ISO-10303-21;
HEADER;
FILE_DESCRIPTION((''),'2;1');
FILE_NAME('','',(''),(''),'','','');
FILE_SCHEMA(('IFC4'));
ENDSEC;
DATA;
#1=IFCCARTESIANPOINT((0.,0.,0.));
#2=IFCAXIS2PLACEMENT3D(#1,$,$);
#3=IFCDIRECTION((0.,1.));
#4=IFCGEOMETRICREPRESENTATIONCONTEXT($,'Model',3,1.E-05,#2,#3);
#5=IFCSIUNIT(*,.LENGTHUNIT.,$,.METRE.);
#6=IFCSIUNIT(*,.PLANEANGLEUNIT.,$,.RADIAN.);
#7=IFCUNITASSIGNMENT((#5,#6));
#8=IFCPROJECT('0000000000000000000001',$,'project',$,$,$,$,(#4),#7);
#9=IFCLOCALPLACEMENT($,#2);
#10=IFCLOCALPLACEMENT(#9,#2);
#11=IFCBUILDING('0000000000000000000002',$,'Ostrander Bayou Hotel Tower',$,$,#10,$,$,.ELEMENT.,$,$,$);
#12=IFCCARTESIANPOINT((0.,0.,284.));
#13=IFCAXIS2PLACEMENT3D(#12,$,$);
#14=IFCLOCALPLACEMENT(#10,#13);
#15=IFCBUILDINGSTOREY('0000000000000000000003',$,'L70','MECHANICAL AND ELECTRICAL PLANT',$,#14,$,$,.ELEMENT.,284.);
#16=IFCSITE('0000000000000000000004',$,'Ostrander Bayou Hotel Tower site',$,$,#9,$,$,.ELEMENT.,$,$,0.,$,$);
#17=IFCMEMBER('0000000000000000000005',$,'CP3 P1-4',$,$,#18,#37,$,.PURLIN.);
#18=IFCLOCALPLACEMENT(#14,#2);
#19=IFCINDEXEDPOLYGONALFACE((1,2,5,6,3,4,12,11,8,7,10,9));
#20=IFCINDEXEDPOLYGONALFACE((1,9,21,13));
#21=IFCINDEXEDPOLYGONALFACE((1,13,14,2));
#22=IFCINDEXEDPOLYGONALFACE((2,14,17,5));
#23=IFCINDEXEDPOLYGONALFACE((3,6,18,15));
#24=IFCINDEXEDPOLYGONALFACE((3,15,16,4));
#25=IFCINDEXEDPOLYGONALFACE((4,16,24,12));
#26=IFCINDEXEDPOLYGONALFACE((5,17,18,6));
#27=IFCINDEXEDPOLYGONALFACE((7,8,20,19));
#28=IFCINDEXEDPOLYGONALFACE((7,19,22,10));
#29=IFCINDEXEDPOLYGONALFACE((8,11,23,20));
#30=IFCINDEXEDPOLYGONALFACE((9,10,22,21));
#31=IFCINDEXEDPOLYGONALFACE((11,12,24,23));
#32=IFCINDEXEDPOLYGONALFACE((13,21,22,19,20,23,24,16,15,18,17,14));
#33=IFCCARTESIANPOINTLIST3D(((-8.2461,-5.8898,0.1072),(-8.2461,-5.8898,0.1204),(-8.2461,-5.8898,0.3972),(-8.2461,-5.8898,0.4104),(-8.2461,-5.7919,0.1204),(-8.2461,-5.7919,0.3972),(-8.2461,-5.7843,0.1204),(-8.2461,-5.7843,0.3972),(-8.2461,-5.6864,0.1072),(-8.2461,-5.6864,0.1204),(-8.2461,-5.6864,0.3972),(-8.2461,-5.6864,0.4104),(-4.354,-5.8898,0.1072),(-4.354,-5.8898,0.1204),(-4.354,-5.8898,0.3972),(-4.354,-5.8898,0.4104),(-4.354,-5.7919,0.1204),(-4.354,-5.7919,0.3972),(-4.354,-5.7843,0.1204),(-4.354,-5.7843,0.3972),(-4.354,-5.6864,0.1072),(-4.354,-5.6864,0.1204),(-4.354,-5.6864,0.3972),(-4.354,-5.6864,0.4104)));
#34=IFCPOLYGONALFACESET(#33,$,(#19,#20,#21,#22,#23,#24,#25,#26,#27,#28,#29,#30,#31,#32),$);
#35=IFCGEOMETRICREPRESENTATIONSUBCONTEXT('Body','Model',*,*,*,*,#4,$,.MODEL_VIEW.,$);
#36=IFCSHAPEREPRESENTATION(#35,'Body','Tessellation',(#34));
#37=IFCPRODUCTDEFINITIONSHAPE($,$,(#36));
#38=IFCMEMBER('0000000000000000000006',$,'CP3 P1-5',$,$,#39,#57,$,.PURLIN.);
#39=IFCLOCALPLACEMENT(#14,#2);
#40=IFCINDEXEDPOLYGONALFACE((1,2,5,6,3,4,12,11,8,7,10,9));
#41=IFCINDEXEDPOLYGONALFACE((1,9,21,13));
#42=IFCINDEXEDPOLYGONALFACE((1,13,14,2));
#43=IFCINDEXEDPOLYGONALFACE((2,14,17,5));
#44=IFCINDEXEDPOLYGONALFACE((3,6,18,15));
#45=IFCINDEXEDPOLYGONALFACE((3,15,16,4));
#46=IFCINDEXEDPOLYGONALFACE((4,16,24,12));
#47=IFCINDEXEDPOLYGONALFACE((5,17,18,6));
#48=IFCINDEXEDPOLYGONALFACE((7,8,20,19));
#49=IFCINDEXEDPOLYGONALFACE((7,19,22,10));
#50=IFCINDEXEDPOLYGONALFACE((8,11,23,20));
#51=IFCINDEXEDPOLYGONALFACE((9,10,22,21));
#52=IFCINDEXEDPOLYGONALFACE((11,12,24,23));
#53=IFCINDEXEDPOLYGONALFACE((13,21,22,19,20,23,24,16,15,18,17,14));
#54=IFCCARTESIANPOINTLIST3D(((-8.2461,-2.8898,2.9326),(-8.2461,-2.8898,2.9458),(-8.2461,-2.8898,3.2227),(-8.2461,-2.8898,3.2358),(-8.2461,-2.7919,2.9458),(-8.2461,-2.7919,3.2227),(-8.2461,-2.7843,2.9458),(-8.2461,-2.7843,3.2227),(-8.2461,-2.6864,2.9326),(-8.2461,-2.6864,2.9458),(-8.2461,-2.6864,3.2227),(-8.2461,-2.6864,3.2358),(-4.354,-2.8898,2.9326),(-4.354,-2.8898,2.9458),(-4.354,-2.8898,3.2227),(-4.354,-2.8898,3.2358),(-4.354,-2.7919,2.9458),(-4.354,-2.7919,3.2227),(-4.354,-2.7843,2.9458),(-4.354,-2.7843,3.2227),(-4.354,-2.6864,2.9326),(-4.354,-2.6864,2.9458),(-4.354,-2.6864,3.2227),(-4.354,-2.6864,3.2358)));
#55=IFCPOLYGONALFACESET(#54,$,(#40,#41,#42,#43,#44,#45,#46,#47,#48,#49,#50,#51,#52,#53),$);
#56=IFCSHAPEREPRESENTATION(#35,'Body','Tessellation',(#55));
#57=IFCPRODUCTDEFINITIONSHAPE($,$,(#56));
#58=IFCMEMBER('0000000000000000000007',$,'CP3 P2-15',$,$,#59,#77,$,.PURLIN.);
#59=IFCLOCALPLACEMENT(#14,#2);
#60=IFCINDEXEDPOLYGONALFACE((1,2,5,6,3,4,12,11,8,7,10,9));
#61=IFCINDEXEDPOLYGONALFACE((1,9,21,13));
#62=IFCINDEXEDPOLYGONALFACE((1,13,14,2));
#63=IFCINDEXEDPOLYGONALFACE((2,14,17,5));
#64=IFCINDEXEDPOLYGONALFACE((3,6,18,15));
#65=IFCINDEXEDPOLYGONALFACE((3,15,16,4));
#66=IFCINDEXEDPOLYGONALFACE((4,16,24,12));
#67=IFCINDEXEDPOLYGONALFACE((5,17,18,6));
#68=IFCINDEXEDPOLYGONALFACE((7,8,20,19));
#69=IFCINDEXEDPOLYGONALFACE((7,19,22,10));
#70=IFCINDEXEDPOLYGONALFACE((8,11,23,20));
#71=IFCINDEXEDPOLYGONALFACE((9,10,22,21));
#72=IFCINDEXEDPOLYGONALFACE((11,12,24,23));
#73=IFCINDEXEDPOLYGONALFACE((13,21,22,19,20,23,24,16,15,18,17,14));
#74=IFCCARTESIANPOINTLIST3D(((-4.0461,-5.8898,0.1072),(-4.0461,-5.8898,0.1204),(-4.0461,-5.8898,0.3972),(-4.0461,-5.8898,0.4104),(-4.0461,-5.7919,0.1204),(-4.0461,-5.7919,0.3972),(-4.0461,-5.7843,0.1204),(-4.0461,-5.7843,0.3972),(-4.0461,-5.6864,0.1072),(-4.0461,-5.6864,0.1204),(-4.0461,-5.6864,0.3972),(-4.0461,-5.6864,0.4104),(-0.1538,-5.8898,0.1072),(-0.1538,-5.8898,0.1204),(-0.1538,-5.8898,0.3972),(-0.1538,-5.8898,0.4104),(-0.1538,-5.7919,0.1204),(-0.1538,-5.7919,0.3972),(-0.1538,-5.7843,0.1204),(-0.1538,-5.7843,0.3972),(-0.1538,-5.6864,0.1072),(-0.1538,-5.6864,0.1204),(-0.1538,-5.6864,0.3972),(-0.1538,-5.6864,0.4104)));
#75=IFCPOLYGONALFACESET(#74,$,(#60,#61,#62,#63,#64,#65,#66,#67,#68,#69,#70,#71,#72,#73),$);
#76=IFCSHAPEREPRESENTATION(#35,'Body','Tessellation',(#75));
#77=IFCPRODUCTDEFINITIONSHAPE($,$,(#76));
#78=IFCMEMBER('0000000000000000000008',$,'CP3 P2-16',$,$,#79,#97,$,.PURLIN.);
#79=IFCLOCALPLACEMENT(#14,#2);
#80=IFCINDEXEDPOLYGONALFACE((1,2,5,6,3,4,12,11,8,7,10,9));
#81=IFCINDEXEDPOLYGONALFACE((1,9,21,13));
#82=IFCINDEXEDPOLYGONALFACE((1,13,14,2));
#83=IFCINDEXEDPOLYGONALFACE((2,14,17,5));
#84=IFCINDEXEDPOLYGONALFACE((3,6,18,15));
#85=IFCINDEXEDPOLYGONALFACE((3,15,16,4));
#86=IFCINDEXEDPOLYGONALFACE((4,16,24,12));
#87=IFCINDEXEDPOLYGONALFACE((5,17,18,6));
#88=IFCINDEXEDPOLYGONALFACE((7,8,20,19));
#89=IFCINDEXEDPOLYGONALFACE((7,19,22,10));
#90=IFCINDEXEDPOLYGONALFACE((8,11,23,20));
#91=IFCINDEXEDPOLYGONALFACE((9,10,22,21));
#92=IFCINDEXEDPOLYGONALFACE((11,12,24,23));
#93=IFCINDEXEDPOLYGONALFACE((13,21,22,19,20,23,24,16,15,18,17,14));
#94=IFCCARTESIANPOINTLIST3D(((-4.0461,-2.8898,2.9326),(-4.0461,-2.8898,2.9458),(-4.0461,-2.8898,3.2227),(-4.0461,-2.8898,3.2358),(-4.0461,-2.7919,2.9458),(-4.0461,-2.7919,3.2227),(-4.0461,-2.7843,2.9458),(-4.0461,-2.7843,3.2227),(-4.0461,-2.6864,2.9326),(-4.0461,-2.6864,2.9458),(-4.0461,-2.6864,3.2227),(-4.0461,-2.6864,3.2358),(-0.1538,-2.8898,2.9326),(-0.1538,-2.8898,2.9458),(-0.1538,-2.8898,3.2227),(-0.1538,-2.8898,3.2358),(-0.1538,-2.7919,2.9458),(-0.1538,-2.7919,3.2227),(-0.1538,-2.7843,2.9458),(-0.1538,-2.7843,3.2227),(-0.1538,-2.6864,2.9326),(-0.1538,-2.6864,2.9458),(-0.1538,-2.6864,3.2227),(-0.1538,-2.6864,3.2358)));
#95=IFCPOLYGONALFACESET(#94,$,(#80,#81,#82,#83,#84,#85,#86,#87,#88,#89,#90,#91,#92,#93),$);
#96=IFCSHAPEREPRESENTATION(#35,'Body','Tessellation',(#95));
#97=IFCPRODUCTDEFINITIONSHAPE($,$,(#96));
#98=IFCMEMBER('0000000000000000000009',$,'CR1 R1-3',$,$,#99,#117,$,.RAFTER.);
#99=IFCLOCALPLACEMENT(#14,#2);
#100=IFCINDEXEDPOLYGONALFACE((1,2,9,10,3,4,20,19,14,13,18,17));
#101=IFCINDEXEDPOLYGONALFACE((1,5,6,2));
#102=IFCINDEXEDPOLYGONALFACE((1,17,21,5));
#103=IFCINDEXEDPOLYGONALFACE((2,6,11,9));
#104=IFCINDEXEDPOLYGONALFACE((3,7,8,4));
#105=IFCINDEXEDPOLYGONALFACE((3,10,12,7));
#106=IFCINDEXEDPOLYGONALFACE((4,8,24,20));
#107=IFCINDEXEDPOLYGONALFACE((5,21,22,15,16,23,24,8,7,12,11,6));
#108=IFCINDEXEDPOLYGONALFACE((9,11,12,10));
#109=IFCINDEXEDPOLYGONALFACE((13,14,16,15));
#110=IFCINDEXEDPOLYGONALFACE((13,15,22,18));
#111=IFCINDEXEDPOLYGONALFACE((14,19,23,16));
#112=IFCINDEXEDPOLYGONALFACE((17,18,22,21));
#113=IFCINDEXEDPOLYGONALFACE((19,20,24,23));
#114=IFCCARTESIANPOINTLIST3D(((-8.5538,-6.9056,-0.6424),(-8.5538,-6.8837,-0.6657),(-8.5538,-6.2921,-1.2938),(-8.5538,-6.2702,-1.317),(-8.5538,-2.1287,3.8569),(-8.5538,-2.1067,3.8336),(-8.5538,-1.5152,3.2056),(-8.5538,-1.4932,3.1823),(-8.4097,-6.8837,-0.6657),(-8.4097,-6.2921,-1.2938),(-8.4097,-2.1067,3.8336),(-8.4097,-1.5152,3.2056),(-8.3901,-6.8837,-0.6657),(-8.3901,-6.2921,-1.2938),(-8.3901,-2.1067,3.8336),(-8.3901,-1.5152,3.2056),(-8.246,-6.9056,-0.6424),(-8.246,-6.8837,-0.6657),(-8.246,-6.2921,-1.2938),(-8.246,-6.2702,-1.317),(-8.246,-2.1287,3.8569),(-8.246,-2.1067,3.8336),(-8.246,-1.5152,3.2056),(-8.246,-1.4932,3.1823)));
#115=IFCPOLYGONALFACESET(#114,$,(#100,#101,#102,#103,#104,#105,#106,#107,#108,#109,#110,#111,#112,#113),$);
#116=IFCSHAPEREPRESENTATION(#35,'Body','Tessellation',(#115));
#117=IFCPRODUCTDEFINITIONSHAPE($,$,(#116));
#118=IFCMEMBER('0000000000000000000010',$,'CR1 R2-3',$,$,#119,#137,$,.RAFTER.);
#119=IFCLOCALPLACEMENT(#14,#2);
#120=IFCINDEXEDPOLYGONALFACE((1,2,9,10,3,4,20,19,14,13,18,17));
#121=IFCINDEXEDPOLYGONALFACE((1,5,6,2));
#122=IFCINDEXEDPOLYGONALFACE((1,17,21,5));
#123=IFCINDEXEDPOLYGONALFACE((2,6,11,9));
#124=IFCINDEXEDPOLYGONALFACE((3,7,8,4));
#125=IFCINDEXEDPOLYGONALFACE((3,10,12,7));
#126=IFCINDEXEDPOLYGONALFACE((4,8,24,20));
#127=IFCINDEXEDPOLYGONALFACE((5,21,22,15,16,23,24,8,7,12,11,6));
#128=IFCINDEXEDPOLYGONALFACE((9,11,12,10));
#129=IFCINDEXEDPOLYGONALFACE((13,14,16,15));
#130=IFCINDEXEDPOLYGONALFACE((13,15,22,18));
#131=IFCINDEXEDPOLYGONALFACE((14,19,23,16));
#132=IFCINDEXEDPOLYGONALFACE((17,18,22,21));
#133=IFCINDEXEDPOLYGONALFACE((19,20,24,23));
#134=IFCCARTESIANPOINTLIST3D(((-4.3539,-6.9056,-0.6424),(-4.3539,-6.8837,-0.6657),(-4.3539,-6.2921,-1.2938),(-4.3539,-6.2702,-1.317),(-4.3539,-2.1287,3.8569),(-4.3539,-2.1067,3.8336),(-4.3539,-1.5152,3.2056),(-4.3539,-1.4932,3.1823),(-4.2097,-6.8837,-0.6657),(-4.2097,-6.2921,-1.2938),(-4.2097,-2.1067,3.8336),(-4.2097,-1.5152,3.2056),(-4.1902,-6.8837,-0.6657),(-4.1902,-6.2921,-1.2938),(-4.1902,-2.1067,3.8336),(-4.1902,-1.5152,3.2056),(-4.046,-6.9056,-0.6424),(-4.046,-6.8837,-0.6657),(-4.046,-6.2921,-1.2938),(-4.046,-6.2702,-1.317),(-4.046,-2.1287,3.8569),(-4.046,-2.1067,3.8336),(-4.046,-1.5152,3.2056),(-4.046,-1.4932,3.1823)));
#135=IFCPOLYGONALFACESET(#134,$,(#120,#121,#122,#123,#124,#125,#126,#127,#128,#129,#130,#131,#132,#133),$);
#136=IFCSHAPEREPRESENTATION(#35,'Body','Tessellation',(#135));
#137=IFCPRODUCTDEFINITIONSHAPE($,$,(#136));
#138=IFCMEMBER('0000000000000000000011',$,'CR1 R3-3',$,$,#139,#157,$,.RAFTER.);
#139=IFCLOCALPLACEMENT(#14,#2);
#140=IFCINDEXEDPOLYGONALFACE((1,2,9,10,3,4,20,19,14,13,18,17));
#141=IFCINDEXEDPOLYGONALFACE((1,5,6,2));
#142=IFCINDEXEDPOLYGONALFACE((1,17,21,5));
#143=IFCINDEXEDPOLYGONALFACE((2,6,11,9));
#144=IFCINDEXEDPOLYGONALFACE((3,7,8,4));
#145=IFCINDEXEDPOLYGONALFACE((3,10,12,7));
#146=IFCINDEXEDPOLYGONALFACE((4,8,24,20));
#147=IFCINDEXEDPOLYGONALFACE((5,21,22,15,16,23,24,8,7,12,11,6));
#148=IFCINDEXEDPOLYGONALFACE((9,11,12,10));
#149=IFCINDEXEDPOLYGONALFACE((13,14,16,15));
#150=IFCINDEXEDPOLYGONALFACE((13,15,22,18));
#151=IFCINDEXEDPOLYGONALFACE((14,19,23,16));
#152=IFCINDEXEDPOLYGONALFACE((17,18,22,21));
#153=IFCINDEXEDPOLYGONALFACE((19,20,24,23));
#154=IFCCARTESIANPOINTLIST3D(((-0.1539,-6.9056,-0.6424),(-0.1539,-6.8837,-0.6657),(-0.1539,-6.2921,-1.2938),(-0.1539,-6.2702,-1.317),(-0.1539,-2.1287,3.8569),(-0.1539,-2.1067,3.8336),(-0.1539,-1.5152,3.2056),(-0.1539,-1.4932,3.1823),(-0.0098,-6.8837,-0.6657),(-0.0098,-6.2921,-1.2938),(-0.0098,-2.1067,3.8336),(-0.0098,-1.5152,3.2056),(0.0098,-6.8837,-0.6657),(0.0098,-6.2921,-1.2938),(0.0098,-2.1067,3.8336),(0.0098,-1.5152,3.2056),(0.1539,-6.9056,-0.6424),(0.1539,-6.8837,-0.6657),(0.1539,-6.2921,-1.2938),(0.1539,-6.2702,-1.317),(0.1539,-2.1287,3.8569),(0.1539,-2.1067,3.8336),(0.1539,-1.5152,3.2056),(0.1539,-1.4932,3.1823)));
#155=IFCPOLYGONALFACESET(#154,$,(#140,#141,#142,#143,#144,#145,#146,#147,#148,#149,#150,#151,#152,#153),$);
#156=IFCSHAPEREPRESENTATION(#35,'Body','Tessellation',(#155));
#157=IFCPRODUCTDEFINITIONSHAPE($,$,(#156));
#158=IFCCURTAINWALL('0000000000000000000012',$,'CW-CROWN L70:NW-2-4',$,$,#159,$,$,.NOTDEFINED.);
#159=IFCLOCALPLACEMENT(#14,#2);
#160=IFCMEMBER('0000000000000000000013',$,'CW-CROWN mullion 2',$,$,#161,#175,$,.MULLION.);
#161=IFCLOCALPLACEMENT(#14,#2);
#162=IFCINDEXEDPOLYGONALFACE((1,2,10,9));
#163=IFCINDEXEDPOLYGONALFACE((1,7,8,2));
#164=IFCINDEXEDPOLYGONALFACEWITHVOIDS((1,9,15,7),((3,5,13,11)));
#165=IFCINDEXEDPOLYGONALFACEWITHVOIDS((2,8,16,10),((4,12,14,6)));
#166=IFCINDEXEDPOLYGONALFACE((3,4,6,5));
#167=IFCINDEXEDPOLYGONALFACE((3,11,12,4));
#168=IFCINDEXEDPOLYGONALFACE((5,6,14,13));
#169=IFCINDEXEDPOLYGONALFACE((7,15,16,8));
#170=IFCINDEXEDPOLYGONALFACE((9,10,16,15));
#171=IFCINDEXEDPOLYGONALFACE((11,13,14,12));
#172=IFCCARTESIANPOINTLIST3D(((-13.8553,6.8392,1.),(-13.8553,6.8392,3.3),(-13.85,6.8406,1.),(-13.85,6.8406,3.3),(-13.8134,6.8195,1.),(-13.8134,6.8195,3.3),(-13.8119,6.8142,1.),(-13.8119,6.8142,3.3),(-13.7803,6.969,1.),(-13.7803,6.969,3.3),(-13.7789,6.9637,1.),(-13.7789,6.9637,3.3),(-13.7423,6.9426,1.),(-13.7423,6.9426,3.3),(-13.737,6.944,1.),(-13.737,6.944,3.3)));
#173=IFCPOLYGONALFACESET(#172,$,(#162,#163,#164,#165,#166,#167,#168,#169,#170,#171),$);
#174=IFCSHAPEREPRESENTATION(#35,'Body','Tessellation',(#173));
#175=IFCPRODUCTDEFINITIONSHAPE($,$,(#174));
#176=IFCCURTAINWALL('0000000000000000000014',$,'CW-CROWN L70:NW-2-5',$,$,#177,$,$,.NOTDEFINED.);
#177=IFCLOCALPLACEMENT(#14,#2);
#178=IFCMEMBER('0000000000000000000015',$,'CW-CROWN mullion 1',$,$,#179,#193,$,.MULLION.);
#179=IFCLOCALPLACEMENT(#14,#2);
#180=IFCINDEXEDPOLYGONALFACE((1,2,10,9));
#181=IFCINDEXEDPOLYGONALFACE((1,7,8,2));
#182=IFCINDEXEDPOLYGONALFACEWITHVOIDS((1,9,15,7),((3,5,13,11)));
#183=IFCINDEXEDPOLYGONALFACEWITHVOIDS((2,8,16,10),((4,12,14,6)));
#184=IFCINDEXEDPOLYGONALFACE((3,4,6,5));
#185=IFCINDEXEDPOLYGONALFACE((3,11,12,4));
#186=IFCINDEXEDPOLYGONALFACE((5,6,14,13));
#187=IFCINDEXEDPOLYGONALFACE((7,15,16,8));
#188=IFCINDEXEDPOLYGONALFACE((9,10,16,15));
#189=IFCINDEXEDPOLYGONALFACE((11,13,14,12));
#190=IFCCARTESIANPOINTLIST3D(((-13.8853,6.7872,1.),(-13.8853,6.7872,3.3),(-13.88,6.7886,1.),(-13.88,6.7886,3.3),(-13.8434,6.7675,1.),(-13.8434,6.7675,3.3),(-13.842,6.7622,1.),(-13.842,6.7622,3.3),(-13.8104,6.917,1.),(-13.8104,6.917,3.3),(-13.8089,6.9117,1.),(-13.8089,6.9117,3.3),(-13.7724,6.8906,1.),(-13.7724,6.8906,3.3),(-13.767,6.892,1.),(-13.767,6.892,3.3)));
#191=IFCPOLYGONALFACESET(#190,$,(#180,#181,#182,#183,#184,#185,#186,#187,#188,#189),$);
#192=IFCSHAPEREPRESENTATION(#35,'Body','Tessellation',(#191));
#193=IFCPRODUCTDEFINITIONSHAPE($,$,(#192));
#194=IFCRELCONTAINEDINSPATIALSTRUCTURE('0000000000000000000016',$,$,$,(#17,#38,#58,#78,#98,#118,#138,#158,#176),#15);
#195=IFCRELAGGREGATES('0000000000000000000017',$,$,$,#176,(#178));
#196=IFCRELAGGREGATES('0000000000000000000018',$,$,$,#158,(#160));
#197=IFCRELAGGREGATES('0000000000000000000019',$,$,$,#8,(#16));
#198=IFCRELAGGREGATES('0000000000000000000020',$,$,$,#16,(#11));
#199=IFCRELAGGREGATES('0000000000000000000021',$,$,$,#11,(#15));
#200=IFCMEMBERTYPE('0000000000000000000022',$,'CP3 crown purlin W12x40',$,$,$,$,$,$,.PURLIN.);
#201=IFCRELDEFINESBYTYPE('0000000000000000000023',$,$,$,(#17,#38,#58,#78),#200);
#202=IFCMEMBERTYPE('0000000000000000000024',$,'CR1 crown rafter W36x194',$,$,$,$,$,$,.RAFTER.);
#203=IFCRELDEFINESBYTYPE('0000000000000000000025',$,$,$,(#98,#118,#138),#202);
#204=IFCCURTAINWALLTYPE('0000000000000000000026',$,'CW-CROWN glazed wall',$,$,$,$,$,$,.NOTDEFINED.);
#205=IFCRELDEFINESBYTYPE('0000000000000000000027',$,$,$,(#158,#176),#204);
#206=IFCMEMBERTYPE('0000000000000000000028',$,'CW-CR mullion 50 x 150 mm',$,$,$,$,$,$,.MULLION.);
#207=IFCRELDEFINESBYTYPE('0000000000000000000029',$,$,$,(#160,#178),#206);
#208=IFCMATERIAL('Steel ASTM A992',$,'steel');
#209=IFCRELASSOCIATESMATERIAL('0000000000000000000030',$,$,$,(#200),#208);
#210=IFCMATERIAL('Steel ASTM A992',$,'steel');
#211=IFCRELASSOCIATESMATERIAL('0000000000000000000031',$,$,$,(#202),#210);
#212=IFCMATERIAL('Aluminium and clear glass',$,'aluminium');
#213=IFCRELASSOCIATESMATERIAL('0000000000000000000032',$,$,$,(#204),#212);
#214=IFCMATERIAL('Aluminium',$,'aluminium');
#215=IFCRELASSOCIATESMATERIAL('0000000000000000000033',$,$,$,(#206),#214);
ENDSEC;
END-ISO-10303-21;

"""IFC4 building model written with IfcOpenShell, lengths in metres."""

from ifc_helpers import new_model, si_unit, direction, frame, origin, origin_2d, place, context, subcontext, project, spatial, hollow_rectangle, i_section, extrude, material, material_profile, profile_set, type_object, element, aggregate, save


model = new_model("IFC4")

# Units and contexts
model_context = context("Model", 3, precision=1e-05, world=origin(), true_north=direction((0.0, 1.0)))
body_context = subcontext(model_context, "Body", "Model", "MODEL_VIEW")
ifc_project = project(units=[si_unit("LENGTHUNIT", "METRE"), si_unit("PLANEANGLEUNIT", "RADIAN")], contexts=[model_context])

# Site, building, storey
site_placement = place(None, origin())
site = spatial("IfcSite", under=ifc_project, at=site_placement, Name="Ostrander Bayou Hotel Tower site", CompositionType="ELEMENT", RefElevation=0.0)
building_placement = place(site_placement, origin())
building = spatial("IfcBuilding", under=site, at=building_placement, Name="Ostrander Bayou Hotel Tower", CompositionType="ELEMENT")
storey_placement = place(building_placement, frame((0.0, 0.0, 284.0)))
storey = spatial("IfcBuildingStorey", under=building, at=storey_placement, Name="L70", Description="MECHANICAL AND ELECTRICAL PLANT", CompositionType="ELEMENT", Elevation=284.0)

# Members
ifc_material_1 = material(Name="Steel ASTM A992", Category="steel")
ifc_material_profile_1 = material_profile(ifc_material_1, i_section(OverallWidth=0.2034, OverallDepth=0.3032, WebThickness=0.0076, FlangeThickness=0.0132, at=origin_2d()))
ifc_profile_set_1 = profile_set([ifc_material_profile_1], Name="Steel ASTM A992")
member_type_1 = type_object("IfcMemberType", Name="CP3 crown purlin W12x40", PredefinedType="PURLIN", material=ifc_profile_set_1)
for number, where, z_axis, x_axis, name in (
    (1, (-8.2461, -5.7881, 0.2588), (1.0, 0.0, 0.0), (0.0, 1.0, 0.0), "CP3 P1-4"),
    (2, (-8.2461, -2.7881, 3.0842), (1.0, 0.0, 0.0), (0.0, 1.0, 0.0), "CP3 P1-5"),
):
    element("IfcMember", number, at=place(storey_placement, frame(where, z_axis=z_axis, x_axis=x_axis)), inside=storey, type_object=member_type_1, Name=name, PredefinedType="PURLIN", context=body_context, shape_type="SweptSolid", body=[
        extrude(i_section(OverallWidth=0.2034, OverallDepth=0.3032, WebThickness=0.0076, FlangeThickness=0.0132, at=origin_2d()), origin(), (0.0, 0.0, 1.0), 3.8921),
    ])
for number, where, z_axis, x_axis, name in (
    (3, (-4.0461, -5.7881, 0.2588), (1.0, 0.0, 0.0), (0.0, 1.0, 0.0), "CP3 P2-15"),
    (4, (-4.0461, -2.7881, 3.0842), (1.0, 0.0, 0.0), (0.0, 1.0, 0.0), "CP3 P2-16"),
):
    element("IfcMember", number, at=place(storey_placement, frame(where, z_axis=z_axis, x_axis=x_axis)), inside=storey, type_object=member_type_1, Name=name, PredefinedType="PURLIN", context=body_context, shape_type="SweptSolid", body=[
        extrude(i_section(OverallWidth=0.2034, OverallDepth=0.3032, WebThickness=0.0076, FlangeThickness=0.0132, at=origin_2d()), origin(), (0.0, 0.0, 1.0), 3.8923),
    ])
ifc_material_2 = material(Name="Steel ASTM A992", Category="steel")
ifc_material_profile_2 = material_profile(ifc_material_2, i_section(OverallWidth=0.3079, OverallDepth=0.9268, WebThickness=0.0195, FlangeThickness=0.032, at=origin_2d()))
ifc_profile_set_2 = profile_set([ifc_material_profile_2], Name="Steel ASTM A992")
member_type_2 = type_object("IfcMemberType", Name="CR1 crown rafter W36x194", PredefinedType="RAFTER", material=ifc_profile_set_2)
for number, where, z_axis, x_axis, name in (
    (5, (-8.3999, -6.5879, -0.9797), (0.0, 0.727941, 0.68564), (-1.0, 0.0, 0.0), "CR1 R1-3"),
    (6, (-4.2, -6.5879, -0.9797), (0.0, 0.727941, 0.68564), (-1.0, 0.0, 0.0), "CR1 R2-3"),
    (7, (0.0, -6.5879, -0.9797), (0.0, 0.727941, 0.68564), (-1.0, 0.0, 0.0), "CR1 R3-3"),
):
    element("IfcMember", number, at=place(storey_placement, frame(where, z_axis=z_axis, x_axis=x_axis)), inside=storey, type_object=member_type_2, Name=name, PredefinedType="RAFTER", context=body_context, shape_type="SweptSolid", body=[
        extrude(i_section(OverallWidth=0.3079, OverallDepth=0.9268, WebThickness=0.0195, FlangeThickness=0.032, at=origin_2d()), origin(), (0.0, 0.0, 1.0), 6.5623),
    ])

# Curtain wall, member
ifc_material_3 = material(Name="Aluminium and clear glass", Category="aluminium")
curtain_wall_type = type_object("IfcCurtainWallType", Name="CW-CROWN glazed wall", PredefinedType="NOTDEFINED", material=ifc_material_3)
curtain_wall_1_placement = place(storey_placement, origin())
curtain_wall_1 = element("IfcCurtainWall", 8, at=curtain_wall_1_placement, inside=storey, type_object=curtain_wall_type, Name="CW-CROWN L70:NW-2-4", PredefinedType="NOTDEFINED")
ifc_material_4 = material(Name="Aluminium", Category="aluminium")
ifc_material_profile_3 = material_profile(ifc_material_4, hollow_rectangle(XDim=0.05, YDim=0.1499, WallThickness=0.0039, at=origin_2d()))
ifc_profile_set_3 = profile_set([ifc_material_profile_3], Name="Aluminium")
member_type_3 = type_object("IfcMemberType", Name="CW-CR mullion 50 x 150 mm", PredefinedType="MULLION", material=ifc_profile_set_3)
member_1_placement = place(storey_placement, frame((-13.7961, 6.8916, 1.0), z_axis=(0.0, 0.0, 1.0), x_axis=(0.866049, -0.49996, 0.0)))
member_1 = element("IfcMember", 9, at=member_1_placement, type_object=member_type_3, Name="CW-CROWN mullion 2", PredefinedType="MULLION", context=body_context, shape_type="SweptSolid", body=[
    extrude(hollow_rectangle(XDim=0.05, YDim=0.1499, WallThickness=0.0039, at=origin_2d()), origin(), (0.0, 0.0, 1.0), 2.3),
])

# Curtain wall, member
curtain_wall_2_placement = place(storey_placement, origin())
curtain_wall_2 = element("IfcCurtainWall", 10, at=curtain_wall_2_placement, inside=storey, type_object=curtain_wall_type, Name="CW-CROWN L70:NW-2-5", PredefinedType="NOTDEFINED")
member_2_placement = place(storey_placement, frame((-13.8262, 6.8396, 1.0), z_axis=(0.0, 0.0, 1.0), x_axis=(0.866022, -0.500005, 0.0)))
member_2 = element("IfcMember", 11, at=member_2_placement, type_object=member_type_3, Name="CW-CROWN mullion 1", PredefinedType="MULLION", context=body_context, shape_type="SweptSolid", body=[
    extrude(hollow_rectangle(XDim=0.05, YDim=0.1499, WallThickness=0.0039, at=origin_2d()), origin(), (0.0, 0.0, 1.0), 2.3),
])
aggregate(curtain_wall_2, [member_2])

aggregate(curtain_wall_1, [member_1])

save(model, "model.ifc")
